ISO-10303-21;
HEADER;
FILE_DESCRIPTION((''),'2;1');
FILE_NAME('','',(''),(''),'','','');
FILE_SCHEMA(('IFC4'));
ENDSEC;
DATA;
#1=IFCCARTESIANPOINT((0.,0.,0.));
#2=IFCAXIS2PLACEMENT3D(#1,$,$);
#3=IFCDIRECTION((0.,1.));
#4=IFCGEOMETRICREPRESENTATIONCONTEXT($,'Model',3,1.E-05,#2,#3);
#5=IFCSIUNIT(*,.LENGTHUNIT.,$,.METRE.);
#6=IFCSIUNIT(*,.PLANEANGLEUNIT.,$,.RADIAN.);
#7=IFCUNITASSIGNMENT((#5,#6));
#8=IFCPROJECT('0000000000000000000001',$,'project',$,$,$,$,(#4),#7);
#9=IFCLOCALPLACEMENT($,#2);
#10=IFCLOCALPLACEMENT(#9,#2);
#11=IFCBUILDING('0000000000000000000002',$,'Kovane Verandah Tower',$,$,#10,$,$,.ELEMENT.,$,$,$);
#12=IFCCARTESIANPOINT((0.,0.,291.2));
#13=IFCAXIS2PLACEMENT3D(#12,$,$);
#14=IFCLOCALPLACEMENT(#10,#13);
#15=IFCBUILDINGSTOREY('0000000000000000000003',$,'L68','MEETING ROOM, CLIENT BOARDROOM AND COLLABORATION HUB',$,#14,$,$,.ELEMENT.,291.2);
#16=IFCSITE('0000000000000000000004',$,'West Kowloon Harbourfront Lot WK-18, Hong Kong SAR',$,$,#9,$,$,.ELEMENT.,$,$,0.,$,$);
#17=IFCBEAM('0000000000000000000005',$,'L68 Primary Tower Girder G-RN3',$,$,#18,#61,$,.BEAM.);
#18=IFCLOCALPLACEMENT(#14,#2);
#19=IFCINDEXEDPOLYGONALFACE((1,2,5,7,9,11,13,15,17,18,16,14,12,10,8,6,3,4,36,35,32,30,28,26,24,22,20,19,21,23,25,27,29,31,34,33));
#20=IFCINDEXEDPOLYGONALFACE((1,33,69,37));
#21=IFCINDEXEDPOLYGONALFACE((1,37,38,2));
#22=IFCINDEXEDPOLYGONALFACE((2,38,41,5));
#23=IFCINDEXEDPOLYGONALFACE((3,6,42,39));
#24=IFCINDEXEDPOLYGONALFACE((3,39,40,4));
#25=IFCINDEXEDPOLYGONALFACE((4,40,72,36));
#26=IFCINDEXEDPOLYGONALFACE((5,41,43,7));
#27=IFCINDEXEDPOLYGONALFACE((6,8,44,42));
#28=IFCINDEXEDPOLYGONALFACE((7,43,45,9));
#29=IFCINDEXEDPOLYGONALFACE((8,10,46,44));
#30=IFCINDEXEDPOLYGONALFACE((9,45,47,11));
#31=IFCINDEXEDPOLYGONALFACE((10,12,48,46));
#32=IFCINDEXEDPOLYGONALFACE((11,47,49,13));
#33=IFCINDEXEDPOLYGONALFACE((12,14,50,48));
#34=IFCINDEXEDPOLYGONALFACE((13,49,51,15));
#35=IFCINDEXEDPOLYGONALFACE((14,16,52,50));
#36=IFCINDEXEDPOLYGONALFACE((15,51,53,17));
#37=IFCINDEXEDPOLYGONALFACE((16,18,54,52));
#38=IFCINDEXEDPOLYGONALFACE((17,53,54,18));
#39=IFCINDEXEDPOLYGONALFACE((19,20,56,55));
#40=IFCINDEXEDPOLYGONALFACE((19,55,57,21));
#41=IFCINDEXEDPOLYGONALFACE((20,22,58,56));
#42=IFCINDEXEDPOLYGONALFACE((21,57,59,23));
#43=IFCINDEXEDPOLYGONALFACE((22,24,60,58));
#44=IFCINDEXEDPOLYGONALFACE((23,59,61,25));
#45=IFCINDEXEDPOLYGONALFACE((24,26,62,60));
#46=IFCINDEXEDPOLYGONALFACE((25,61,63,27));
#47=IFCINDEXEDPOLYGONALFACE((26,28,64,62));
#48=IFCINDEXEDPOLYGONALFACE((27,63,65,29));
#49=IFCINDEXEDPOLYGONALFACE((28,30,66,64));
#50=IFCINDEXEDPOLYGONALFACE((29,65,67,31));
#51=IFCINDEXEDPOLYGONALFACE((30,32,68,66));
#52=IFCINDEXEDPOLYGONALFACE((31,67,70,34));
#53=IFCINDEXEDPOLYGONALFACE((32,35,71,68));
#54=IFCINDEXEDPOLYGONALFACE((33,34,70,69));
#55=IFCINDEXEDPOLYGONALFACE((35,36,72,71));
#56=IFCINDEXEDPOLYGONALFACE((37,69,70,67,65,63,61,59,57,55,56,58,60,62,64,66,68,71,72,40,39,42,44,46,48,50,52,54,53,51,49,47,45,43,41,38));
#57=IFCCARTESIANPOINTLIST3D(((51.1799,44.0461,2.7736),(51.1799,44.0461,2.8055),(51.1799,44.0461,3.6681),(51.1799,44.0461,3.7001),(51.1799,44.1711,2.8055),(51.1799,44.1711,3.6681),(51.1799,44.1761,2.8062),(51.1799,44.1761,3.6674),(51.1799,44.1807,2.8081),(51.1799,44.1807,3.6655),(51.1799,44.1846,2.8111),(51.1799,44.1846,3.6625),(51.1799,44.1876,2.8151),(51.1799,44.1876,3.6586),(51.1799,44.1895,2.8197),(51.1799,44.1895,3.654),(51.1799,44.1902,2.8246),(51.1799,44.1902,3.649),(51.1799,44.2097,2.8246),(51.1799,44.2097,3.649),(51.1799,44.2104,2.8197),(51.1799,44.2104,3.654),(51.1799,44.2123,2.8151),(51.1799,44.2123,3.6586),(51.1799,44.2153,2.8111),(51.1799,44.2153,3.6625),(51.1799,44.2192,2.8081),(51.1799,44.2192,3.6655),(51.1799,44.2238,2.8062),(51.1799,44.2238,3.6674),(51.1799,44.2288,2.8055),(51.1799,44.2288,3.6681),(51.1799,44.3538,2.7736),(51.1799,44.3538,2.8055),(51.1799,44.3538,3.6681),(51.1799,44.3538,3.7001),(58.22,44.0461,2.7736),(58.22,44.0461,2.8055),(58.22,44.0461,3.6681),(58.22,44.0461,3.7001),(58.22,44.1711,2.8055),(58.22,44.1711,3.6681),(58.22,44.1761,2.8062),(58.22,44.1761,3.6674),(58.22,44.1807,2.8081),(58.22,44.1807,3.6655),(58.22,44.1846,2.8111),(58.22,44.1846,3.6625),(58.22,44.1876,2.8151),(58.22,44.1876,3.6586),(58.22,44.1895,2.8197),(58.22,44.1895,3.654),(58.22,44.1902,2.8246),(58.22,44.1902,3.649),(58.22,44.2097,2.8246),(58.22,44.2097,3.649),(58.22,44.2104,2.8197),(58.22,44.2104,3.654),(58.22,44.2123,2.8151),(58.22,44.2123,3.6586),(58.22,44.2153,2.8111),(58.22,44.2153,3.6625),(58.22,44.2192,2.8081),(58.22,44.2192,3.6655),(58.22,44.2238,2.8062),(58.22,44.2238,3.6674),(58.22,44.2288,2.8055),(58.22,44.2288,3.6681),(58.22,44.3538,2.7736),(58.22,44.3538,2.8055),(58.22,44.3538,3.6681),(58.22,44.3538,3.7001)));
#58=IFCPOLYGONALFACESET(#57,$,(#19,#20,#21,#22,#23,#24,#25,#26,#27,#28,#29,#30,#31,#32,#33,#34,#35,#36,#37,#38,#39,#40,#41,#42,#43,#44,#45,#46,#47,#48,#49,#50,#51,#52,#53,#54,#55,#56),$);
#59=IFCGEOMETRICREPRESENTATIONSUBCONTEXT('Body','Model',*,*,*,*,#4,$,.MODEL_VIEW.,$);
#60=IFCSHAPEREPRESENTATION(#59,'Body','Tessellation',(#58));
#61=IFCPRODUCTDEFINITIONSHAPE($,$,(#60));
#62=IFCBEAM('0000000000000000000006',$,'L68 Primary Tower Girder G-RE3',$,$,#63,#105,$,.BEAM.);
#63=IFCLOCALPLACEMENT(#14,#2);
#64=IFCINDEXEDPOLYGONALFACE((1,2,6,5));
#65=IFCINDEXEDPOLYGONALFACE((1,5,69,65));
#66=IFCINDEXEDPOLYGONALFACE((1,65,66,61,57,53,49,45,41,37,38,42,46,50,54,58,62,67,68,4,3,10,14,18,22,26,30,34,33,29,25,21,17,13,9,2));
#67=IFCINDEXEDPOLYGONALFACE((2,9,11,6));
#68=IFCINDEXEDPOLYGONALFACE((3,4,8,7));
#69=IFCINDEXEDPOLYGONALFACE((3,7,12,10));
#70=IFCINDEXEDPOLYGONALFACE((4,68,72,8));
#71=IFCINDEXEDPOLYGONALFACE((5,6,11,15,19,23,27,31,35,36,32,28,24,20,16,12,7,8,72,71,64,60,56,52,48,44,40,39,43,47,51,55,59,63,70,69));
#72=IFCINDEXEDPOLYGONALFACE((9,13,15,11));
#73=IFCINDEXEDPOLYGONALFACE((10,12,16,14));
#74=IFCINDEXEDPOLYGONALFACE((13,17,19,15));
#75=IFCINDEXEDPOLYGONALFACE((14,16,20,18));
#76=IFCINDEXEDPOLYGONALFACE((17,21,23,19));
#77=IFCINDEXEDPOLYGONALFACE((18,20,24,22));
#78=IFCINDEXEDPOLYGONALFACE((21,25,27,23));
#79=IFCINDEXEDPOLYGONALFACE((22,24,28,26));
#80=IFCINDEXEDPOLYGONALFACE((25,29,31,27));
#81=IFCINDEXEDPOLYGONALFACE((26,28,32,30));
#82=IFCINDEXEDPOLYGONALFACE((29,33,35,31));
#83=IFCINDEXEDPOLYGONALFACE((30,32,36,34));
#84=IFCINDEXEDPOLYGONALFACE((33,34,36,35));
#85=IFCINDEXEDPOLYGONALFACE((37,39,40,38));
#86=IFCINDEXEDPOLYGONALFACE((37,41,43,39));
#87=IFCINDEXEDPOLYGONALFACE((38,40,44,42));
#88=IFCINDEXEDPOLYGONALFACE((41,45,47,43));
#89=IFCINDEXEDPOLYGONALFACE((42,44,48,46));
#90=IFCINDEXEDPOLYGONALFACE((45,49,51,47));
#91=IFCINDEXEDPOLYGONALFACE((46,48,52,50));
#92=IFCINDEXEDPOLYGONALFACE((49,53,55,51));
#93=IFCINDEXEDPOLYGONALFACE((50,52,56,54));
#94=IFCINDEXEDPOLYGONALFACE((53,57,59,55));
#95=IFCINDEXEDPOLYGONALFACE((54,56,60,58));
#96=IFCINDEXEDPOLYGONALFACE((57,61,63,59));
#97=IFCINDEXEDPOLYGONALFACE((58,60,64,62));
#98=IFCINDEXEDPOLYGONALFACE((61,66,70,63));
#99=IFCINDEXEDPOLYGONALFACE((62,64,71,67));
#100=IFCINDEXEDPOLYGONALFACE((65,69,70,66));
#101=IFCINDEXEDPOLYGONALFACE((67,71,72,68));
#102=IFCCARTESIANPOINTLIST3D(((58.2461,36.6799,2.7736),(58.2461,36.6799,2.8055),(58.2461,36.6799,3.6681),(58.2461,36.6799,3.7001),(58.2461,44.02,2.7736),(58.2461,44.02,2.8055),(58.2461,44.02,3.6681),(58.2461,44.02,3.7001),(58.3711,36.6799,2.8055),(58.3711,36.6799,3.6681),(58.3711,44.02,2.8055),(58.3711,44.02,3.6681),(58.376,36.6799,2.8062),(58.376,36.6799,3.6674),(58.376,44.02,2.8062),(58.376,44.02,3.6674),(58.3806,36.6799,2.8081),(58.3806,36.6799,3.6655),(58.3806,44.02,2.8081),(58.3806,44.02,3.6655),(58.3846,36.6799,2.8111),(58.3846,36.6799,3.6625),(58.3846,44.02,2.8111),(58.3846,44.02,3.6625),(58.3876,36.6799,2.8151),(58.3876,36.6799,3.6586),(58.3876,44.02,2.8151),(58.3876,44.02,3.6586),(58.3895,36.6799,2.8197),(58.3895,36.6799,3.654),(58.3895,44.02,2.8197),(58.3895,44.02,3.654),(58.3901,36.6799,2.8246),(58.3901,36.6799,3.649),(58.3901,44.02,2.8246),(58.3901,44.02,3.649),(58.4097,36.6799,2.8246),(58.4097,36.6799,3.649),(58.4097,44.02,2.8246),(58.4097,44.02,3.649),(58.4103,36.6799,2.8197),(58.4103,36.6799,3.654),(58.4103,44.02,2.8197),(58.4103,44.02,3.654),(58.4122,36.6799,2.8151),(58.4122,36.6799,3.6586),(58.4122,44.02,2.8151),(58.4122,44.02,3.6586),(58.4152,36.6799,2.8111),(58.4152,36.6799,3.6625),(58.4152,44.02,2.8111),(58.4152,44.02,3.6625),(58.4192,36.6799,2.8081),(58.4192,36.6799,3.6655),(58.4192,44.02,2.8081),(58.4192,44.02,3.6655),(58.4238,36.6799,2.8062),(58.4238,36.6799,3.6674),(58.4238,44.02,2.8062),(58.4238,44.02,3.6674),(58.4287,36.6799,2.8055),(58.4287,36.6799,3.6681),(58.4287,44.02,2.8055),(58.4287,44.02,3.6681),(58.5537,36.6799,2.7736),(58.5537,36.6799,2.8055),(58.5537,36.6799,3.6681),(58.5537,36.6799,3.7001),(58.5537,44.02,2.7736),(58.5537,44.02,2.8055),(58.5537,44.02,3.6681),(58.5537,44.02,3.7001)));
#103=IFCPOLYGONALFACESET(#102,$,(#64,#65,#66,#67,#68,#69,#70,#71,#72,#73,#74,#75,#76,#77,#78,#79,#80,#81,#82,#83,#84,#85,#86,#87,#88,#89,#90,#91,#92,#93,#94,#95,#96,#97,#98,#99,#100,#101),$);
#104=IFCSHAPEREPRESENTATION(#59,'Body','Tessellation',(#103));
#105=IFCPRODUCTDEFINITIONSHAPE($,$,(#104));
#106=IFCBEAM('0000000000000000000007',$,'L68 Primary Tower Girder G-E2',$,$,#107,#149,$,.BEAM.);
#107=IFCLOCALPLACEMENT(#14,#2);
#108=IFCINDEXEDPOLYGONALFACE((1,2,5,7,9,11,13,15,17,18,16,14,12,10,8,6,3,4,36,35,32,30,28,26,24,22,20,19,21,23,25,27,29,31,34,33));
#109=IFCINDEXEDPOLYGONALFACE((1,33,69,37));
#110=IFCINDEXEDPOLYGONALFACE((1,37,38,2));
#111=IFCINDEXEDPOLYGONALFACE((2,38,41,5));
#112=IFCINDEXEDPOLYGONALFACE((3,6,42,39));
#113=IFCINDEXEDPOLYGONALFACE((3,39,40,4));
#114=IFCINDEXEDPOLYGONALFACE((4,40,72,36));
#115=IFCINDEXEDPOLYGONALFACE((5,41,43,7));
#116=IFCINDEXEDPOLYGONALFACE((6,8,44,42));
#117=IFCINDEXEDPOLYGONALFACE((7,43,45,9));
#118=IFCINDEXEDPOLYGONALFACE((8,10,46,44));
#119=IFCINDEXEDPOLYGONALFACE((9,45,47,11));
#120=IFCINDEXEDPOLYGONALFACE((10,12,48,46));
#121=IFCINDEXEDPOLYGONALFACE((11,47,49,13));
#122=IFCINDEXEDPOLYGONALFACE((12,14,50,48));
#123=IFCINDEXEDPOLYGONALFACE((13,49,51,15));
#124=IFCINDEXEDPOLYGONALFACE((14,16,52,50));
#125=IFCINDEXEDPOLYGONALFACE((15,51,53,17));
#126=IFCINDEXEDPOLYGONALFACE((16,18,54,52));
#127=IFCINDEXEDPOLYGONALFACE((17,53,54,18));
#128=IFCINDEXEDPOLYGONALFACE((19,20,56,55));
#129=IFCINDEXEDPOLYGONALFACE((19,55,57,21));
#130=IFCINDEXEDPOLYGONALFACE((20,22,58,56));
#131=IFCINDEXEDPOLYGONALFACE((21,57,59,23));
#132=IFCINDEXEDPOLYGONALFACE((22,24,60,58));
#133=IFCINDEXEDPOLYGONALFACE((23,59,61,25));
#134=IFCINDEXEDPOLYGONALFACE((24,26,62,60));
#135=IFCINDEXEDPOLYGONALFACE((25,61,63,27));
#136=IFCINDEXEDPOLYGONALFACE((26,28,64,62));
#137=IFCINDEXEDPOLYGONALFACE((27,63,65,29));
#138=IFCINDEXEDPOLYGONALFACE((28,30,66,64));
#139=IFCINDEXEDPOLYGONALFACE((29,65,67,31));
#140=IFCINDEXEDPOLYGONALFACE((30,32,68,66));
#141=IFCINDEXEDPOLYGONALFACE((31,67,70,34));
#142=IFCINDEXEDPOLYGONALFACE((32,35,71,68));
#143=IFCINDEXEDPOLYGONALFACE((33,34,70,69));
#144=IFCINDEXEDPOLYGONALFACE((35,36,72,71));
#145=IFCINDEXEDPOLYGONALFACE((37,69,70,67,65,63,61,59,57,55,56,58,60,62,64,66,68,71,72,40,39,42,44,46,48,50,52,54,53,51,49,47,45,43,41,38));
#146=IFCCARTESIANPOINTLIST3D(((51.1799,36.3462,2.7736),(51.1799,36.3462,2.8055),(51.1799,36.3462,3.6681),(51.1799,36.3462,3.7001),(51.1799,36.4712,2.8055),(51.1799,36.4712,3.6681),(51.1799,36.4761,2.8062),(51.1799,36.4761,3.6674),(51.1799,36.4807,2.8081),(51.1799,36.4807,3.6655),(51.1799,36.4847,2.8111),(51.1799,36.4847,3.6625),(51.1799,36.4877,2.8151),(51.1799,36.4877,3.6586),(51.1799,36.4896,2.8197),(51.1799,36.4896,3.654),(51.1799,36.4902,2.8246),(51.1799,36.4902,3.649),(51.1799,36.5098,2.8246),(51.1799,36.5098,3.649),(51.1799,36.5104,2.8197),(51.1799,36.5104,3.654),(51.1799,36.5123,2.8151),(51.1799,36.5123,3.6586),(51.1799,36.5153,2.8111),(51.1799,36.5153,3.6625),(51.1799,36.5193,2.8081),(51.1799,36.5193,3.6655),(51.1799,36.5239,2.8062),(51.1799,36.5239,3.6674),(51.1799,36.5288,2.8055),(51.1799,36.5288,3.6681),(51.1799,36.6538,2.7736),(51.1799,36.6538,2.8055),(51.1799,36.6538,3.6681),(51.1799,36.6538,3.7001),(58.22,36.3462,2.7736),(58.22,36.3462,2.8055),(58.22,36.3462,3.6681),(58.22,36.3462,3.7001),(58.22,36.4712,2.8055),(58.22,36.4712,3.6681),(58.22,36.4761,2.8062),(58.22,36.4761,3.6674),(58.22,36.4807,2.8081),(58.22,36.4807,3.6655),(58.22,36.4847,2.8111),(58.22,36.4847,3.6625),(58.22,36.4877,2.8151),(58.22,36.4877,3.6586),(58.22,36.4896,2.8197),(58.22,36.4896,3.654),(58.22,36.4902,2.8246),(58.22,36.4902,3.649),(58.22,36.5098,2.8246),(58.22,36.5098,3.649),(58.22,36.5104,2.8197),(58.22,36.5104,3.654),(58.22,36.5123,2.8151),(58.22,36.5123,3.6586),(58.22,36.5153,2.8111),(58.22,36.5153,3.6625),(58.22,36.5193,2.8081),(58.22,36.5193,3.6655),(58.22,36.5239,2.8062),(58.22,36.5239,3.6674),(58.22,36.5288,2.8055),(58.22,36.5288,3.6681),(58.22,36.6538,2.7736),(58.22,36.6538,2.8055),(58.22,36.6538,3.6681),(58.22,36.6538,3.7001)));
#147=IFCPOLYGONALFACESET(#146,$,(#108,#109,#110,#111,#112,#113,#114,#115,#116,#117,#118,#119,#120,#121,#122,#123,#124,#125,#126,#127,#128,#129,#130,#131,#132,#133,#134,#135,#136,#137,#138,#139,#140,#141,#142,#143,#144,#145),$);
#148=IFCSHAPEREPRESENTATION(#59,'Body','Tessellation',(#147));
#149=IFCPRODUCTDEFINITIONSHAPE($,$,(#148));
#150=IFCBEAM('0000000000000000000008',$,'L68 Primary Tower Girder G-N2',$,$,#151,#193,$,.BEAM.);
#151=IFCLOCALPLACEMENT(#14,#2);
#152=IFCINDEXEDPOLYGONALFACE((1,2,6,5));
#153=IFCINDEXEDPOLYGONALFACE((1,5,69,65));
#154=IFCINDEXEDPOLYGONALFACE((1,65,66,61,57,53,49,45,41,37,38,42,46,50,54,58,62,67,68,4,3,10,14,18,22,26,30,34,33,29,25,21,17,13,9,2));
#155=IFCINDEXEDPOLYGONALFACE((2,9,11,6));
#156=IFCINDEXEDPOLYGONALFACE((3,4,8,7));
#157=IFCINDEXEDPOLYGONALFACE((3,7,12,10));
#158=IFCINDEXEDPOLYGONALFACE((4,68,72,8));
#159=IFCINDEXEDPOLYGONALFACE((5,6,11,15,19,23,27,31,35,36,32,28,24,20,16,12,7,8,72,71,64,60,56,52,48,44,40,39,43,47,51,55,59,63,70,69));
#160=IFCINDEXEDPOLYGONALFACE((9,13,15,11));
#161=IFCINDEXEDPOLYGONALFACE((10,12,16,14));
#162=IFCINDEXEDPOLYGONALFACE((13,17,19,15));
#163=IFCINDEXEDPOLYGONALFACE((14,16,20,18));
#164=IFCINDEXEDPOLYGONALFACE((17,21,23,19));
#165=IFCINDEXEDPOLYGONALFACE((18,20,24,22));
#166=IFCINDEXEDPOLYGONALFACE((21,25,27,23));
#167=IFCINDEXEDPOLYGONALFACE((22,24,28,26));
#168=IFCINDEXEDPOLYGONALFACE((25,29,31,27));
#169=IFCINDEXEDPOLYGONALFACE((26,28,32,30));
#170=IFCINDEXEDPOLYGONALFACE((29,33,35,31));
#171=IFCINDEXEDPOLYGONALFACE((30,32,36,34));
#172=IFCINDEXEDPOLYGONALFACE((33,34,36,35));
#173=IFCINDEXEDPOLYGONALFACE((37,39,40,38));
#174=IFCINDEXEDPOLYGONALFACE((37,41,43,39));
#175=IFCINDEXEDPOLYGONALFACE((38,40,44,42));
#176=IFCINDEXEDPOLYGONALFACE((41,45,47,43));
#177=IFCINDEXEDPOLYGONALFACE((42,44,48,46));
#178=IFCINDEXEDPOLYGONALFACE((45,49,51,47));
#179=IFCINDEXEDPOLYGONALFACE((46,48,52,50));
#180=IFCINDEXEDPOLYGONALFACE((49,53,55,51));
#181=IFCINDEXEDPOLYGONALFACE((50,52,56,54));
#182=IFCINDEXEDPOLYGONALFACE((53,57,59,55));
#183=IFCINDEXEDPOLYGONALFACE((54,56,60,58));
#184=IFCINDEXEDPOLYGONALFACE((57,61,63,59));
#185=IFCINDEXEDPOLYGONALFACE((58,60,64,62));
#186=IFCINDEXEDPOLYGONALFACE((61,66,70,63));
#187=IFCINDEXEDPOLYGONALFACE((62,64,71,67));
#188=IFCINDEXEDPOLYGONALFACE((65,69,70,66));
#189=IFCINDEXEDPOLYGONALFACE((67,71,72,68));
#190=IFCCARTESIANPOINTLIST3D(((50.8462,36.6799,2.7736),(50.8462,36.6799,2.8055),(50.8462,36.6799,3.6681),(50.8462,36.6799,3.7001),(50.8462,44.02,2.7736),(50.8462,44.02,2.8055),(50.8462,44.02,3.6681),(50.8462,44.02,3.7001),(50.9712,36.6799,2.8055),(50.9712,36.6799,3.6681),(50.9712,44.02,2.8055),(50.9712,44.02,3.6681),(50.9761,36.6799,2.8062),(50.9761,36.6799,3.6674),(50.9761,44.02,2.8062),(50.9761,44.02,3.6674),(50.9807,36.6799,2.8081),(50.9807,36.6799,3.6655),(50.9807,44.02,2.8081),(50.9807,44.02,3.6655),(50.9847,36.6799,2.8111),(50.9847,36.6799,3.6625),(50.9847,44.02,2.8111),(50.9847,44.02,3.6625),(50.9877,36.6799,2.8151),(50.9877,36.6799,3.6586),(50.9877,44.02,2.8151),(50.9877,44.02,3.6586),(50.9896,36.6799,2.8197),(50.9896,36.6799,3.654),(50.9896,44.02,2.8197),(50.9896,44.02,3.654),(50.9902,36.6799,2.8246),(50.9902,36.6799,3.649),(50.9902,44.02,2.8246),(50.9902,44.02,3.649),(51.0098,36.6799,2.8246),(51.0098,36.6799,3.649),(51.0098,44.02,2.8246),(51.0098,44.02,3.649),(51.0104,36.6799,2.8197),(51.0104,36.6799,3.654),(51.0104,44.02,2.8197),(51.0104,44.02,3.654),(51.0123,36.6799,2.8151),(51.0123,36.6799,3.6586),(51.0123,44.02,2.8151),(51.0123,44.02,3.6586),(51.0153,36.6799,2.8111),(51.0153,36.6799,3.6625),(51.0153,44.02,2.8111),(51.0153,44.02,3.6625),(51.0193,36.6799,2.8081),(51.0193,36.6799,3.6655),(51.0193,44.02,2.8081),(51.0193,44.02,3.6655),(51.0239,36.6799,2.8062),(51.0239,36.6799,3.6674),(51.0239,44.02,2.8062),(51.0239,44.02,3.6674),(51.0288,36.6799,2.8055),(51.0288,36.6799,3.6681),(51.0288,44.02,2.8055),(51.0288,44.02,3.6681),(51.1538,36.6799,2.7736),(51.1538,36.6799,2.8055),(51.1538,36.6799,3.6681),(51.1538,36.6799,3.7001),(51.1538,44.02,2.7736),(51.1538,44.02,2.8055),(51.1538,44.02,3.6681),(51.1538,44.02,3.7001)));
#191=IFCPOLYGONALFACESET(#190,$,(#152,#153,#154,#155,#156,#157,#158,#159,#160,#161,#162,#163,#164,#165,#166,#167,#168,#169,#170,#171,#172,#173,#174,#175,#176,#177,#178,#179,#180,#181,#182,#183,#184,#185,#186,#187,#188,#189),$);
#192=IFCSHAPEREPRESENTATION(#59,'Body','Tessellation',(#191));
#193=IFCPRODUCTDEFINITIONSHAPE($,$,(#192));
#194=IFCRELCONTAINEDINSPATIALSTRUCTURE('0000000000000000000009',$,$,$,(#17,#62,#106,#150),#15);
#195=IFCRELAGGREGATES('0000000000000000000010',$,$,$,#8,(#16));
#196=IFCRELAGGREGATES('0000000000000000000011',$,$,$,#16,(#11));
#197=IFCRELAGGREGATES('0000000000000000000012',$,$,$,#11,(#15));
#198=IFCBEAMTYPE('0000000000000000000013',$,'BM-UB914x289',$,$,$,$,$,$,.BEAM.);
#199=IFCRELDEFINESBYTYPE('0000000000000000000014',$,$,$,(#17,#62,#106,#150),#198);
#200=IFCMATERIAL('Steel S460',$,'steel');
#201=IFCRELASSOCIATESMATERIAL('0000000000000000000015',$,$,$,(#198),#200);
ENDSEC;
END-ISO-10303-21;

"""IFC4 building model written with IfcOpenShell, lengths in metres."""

from ifc_helpers import new_model, si_unit, direction, frame, origin, origin_2d, place, context, subcontext, project, spatial, i_section, extrude, material, material_profile, profile_set, type_object, element, save


model = new_model("IFC4")

# Units and contexts
model_context = context("Model", 3, precision=1e-05, world=origin(), true_north=direction((0.0, 1.0)))
body_context = subcontext(model_context, "Body", "Model", "MODEL_VIEW")
ifc_project = project(units=[si_unit("LENGTHUNIT", "METRE"), si_unit("PLANEANGLEUNIT", "RADIAN")], contexts=[model_context])

# Site, building, storey
site_placement = place(None, origin())
site = spatial("IfcSite", under=ifc_project, at=site_placement, Name="West Kowloon Harbourfront Lot WK-18, Hong Kong SAR", CompositionType="ELEMENT", RefElevation=0.0)
building_placement = place(site_placement, origin())
building = spatial("IfcBuilding", under=site, at=building_placement, Name="Kovane Verandah Tower", CompositionType="ELEMENT")
storey_placement = place(building_placement, frame((0.0, 0.0, 291.2)))
storey = spatial("IfcBuildingStorey", under=building, at=storey_placement, Name="L68", Description="MEETING ROOM, CLIENT BOARDROOM AND COLLABORATION HUB", CompositionType="ELEMENT", Elevation=291.2)

# Shared definitions
ifc_material_1 = material(Name="Steel S460", Category="steel")

# Beams
ifc_material_profile_1 = material_profile(ifc_material_1, i_section(OverallWidth=0.3076, OverallDepth=0.9265, WebThickness=0.0195, FlangeThickness=0.032, FilletRadius=0.019, at=origin_2d()), Name="UB914x305x289")
ifc_profile_set_1 = profile_set([ifc_material_profile_1], Name="Steel S460")
beam_type_1 = type_object("IfcBeamType", Name="BM-UB914x289", PredefinedType="BEAM", material=ifc_profile_set_1)
beam_1_placement = place(storey_placement, frame((51.1799, 44.2, 3.2368), z_axis=(1.0, 0.0, 0.0), x_axis=(0.0, 1.0, 0.0)))
element("IfcBeam", 1, at=beam_1_placement, inside=storey, type_object=beam_type_1, Name="L68 Primary Tower Girder G-RN3", PredefinedType="BEAM", context=body_context, shape_type="SweptSolid", body=[
    extrude(i_section(OverallWidth=0.3076, OverallDepth=0.9265, WebThickness=0.0195, FlangeThickness=0.032, FilletRadius=0.019, at=origin_2d()), origin(), (0.0, 0.0, 1.0), 7.04),
])
beam_2_placement = place(storey_placement, frame((58.3999, 36.6799, 3.2368), z_axis=(0.0, 1.0, 0.0), x_axis=(-1.0, 0.0, 0.0)))
element("IfcBeam", 2, at=beam_2_placement, inside=storey, type_object=beam_type_1, Name="L68 Primary Tower Girder G-RE3", PredefinedType="BEAM", context=body_context, shape_type="SweptSolid", body=[
    extrude(i_section(OverallWidth=0.3076, OverallDepth=0.9265, WebThickness=0.0195, FlangeThickness=0.032, FilletRadius=0.019, at=origin_2d()), origin(), (0.0, 0.0, 1.0), 7.3401),
])
beam_3_placement = place(storey_placement, frame((51.1799, 36.5, 3.2368), z_axis=(1.0, 0.0, 0.0), x_axis=(0.0, 1.0, 0.0)))
element("IfcBeam", 3, at=beam_3_placement, inside=storey, type_object=beam_type_1, Name="L68 Primary Tower Girder G-E2", PredefinedType="BEAM", context=body_context, shape_type="SweptSolid", body=[
    extrude(i_section(OverallWidth=0.3076, OverallDepth=0.9265, WebThickness=0.0195, FlangeThickness=0.032, FilletRadius=0.019, at=origin_2d()), origin(), (0.0, 0.0, 1.0), 7.04),
])
beam_4_placement = place(storey_placement, frame((51.0, 36.6799, 3.2368), z_axis=(0.0, 1.0, 0.0), x_axis=(-1.0, 0.0, 0.0)))
element("IfcBeam", 4, at=beam_4_placement, inside=storey, type_object=beam_type_1, Name="L68 Primary Tower Girder G-N2", PredefinedType="BEAM", context=body_context, shape_type="SweptSolid", body=[
    extrude(i_section(OverallWidth=0.3076, OverallDepth=0.9265, WebThickness=0.0195, FlangeThickness=0.032, FilletRadius=0.019, at=origin_2d()), origin(), (0.0, 0.0, 1.0), 7.3401),
])

save(model, "model.ifc")
